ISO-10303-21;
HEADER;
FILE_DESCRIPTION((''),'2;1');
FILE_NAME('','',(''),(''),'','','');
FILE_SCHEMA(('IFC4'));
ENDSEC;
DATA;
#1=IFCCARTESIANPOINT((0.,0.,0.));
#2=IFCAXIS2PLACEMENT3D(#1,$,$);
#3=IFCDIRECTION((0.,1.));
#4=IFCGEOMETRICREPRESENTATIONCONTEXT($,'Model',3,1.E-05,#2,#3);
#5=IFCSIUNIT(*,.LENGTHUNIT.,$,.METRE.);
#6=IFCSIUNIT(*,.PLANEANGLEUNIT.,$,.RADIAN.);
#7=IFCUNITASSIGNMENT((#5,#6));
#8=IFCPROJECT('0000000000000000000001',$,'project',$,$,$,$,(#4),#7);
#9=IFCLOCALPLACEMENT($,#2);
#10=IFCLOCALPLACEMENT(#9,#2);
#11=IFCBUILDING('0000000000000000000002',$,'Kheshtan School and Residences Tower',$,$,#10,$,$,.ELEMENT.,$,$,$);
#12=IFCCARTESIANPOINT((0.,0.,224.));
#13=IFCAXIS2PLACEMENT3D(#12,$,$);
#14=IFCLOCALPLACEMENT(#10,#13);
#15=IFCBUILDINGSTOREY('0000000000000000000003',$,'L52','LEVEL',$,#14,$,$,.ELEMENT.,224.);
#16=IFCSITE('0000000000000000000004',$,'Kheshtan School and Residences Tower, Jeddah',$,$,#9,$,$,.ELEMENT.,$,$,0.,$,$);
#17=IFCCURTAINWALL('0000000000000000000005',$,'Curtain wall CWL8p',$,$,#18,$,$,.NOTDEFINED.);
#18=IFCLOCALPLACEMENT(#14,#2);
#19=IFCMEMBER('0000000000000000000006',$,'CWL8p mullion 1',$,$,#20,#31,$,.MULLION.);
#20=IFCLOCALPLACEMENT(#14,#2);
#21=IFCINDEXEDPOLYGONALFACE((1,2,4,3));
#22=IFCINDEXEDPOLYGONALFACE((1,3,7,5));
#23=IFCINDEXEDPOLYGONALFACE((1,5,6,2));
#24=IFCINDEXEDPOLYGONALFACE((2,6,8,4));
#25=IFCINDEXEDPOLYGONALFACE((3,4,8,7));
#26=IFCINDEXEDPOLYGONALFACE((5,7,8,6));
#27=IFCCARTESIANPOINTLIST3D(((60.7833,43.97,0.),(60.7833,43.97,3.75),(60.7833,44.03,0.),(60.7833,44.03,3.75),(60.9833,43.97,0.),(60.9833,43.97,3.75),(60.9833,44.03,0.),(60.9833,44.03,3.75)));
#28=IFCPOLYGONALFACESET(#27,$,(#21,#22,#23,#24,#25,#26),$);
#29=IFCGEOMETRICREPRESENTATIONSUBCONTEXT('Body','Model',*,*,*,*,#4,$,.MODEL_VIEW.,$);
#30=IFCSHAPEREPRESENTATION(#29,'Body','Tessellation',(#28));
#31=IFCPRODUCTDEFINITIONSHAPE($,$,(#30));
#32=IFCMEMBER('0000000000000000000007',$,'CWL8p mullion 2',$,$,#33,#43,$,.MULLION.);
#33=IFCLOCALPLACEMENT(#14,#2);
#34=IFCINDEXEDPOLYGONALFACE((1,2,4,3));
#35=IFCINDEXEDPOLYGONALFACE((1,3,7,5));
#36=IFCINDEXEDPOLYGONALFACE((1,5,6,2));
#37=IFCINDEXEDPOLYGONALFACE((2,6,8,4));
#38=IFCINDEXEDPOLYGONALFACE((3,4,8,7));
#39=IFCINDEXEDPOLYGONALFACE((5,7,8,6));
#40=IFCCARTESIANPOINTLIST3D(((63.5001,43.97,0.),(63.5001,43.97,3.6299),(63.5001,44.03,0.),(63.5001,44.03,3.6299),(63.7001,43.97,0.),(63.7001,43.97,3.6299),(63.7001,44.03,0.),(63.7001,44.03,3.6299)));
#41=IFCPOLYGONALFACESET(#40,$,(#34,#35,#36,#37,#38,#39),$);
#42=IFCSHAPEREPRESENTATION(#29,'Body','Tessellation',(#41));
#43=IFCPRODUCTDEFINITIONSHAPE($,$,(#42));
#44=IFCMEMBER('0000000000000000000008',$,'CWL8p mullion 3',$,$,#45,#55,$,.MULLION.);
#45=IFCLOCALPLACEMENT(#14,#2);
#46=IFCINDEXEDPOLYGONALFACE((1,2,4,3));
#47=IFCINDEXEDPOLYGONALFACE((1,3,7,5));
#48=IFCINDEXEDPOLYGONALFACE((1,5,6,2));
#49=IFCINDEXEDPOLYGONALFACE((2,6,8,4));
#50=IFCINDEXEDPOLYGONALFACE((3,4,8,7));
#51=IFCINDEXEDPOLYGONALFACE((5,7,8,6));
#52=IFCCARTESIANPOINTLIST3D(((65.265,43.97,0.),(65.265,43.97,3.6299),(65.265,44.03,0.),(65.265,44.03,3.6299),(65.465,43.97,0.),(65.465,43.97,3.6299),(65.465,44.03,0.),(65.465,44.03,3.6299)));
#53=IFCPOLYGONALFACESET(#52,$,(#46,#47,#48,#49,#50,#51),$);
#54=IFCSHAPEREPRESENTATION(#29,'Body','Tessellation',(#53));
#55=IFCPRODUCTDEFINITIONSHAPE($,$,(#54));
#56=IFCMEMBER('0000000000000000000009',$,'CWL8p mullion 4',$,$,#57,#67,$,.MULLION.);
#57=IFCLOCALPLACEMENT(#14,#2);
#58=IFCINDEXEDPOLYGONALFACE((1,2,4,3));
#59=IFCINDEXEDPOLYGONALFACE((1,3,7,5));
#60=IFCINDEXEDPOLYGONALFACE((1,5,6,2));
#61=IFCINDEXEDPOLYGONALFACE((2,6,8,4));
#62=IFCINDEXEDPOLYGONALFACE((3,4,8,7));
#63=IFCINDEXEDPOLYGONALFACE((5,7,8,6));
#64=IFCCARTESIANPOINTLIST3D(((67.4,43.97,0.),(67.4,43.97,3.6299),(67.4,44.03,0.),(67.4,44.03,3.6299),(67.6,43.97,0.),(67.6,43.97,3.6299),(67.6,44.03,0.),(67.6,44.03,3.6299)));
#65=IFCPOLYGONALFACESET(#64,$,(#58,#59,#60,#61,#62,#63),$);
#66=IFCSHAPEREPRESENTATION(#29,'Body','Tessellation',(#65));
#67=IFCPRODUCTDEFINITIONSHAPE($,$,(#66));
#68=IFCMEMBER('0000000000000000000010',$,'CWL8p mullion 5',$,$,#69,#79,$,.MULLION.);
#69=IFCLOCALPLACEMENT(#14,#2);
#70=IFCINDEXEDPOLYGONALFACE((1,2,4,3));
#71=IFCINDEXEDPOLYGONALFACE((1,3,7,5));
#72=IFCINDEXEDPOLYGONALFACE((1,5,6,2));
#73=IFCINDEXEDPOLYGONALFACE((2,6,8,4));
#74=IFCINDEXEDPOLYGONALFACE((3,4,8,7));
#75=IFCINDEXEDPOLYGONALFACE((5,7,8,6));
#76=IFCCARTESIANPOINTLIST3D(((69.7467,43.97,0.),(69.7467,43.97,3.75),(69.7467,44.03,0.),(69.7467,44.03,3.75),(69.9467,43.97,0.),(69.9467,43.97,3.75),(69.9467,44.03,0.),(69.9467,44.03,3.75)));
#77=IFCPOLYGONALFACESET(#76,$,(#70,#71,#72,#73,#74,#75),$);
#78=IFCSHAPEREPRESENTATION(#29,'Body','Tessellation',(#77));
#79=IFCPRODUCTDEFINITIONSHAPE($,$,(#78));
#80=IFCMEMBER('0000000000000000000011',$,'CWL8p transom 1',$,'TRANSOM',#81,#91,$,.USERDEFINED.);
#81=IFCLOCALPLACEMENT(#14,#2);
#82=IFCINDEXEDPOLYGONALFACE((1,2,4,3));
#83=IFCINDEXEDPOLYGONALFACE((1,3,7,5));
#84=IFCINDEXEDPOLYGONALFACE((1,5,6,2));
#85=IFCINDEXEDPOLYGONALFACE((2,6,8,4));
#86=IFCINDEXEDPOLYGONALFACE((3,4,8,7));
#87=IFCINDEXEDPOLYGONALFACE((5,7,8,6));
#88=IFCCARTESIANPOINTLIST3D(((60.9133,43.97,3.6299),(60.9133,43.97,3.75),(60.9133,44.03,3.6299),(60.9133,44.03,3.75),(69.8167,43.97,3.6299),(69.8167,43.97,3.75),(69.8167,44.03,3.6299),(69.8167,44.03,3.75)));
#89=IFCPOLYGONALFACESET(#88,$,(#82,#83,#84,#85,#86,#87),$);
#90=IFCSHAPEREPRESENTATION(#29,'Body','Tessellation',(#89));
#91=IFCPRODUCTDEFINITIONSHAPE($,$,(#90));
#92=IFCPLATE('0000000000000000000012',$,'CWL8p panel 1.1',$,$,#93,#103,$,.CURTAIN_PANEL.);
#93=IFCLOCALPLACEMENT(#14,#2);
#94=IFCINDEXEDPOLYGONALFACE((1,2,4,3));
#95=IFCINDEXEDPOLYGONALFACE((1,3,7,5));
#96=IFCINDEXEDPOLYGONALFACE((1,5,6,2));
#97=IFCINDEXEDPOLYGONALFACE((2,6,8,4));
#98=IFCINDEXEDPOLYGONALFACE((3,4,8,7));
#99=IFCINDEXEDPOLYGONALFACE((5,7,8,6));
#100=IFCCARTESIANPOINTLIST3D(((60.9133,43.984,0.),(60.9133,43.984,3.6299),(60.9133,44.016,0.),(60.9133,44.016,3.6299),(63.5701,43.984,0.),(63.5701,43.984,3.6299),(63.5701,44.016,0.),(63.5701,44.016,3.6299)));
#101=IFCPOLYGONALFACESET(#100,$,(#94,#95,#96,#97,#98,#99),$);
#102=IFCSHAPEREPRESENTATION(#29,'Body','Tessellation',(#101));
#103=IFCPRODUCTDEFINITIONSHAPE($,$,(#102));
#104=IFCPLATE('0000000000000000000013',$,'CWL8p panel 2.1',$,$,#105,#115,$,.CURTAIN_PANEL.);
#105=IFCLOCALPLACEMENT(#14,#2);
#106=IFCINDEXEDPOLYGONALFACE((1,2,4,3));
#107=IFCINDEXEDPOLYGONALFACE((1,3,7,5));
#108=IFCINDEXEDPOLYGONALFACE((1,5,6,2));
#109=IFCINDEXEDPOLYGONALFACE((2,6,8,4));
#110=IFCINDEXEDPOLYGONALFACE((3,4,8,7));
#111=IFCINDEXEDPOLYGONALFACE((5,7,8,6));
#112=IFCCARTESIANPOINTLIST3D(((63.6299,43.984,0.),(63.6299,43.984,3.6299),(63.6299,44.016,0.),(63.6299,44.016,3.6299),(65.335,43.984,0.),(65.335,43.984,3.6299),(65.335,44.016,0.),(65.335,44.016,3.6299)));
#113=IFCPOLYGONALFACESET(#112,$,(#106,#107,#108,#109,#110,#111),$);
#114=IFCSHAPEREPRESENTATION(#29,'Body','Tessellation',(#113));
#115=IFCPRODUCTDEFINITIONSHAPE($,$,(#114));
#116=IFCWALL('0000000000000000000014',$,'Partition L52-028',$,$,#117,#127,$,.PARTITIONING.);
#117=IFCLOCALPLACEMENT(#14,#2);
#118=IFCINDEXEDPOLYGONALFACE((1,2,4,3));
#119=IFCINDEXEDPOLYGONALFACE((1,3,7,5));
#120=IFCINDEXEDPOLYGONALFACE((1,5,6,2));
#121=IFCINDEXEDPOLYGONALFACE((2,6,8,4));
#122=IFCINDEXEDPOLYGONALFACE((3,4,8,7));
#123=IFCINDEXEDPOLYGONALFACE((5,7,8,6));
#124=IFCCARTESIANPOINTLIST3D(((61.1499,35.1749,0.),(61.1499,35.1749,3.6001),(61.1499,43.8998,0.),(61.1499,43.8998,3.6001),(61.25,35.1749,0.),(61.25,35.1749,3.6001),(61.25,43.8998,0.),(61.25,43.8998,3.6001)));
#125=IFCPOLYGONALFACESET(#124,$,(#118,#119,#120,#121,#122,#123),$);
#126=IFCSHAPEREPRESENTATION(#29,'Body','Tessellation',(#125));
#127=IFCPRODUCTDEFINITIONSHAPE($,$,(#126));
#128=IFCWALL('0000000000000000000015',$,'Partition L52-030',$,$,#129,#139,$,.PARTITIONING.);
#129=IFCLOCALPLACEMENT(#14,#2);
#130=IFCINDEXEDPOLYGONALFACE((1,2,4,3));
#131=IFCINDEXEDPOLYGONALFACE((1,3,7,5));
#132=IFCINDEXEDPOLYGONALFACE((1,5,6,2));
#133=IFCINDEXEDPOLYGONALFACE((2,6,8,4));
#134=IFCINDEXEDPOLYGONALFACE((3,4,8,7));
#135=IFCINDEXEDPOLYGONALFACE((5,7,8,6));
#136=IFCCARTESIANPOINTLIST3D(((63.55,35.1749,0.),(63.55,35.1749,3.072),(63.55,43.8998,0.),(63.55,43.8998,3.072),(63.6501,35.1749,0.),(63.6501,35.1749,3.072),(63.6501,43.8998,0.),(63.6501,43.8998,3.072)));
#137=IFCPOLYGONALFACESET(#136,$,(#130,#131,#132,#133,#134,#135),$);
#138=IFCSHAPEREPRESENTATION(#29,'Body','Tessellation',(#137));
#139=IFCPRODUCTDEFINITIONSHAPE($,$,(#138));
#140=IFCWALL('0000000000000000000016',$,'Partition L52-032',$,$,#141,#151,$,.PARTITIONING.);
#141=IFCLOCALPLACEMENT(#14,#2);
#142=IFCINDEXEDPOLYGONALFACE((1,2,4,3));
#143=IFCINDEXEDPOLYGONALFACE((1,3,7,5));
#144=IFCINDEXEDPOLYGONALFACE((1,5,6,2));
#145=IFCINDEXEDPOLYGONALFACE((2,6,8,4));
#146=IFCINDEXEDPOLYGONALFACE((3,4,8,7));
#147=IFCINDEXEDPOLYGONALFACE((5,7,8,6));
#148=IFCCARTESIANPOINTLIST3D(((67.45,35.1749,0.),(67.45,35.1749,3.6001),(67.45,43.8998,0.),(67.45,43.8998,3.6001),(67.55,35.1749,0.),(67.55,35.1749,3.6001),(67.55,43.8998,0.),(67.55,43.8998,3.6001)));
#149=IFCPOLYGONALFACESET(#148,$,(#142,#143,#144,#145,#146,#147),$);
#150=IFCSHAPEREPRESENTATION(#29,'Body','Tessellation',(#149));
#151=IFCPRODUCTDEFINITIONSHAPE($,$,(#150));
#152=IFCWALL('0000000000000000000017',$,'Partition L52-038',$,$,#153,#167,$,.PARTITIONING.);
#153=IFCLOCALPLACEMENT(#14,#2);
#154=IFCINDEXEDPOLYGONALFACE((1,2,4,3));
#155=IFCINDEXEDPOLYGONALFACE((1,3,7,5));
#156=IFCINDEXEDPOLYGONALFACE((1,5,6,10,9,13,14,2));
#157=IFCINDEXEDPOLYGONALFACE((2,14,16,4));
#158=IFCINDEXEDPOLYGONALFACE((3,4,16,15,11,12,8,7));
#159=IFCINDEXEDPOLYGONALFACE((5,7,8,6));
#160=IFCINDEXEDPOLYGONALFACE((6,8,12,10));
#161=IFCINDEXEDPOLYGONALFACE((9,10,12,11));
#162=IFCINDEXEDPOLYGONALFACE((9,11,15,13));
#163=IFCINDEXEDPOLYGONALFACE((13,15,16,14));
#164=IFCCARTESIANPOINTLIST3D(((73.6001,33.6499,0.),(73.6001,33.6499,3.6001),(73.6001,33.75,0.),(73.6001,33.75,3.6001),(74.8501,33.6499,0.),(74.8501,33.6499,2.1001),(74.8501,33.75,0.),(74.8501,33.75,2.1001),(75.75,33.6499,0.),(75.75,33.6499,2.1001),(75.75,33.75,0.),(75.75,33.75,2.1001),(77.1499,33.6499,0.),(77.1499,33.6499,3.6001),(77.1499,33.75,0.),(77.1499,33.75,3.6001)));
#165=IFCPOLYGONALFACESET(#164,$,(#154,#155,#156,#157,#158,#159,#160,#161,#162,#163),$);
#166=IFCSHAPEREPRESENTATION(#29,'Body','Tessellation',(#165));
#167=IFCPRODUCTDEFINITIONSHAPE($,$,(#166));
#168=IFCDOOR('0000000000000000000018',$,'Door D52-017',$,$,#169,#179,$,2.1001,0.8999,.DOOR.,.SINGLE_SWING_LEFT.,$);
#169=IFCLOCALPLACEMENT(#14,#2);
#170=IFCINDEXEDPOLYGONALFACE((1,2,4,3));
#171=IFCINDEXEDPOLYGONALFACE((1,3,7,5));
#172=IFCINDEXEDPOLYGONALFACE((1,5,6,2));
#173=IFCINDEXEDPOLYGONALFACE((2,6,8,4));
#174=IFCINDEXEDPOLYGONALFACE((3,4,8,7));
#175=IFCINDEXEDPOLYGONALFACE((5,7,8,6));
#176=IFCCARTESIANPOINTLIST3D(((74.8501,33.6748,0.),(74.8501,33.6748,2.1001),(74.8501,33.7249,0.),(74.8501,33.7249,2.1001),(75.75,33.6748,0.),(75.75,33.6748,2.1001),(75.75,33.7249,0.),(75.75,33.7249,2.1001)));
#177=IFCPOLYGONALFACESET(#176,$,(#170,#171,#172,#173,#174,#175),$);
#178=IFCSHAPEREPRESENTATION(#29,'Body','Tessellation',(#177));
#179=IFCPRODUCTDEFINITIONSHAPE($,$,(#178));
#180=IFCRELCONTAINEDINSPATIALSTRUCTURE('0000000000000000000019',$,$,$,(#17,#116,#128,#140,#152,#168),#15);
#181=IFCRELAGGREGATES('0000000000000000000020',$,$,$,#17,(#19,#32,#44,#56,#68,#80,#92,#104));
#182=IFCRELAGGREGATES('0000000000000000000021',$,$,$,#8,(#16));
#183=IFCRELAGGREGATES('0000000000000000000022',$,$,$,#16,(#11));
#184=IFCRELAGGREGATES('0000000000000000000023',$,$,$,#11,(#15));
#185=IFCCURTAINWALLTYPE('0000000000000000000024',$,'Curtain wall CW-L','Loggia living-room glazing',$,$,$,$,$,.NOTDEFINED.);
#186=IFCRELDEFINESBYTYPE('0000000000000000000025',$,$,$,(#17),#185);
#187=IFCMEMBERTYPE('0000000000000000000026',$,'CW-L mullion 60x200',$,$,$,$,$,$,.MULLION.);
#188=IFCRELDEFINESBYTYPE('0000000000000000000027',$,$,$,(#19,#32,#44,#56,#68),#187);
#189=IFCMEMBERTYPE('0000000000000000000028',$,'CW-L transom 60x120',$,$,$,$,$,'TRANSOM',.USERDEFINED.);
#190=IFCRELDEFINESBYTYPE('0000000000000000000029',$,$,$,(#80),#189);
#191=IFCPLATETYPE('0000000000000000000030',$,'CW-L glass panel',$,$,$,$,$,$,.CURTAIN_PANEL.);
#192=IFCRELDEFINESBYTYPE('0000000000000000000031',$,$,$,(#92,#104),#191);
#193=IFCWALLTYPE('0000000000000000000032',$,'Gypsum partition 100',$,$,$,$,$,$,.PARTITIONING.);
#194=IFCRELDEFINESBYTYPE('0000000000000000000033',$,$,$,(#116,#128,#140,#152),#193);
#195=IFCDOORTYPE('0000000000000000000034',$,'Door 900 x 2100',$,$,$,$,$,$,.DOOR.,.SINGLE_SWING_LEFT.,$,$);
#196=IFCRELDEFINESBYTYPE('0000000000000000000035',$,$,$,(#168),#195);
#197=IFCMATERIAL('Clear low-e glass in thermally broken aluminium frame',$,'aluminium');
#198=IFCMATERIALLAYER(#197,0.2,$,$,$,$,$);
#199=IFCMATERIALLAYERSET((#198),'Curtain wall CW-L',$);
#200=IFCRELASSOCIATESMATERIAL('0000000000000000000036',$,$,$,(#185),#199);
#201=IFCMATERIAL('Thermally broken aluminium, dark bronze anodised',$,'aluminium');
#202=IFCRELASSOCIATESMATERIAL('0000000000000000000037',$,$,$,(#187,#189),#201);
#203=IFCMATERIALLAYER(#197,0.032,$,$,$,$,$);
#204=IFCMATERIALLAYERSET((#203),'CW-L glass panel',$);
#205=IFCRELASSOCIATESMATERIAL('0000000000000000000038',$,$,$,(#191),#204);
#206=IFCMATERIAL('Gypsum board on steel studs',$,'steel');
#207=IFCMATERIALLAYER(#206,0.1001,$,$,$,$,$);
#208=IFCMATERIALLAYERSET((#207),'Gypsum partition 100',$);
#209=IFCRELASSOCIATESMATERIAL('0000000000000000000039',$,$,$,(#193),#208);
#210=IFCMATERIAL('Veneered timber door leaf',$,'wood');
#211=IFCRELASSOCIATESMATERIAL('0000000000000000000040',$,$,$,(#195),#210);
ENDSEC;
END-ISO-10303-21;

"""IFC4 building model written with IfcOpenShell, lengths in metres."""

from ifc_helpers import new_model, si_unit, direction, frame, frame_2d, origin, origin_2d, place, context, subcontext, project, spatial, rectangle, extrude, source, transform, mapped, material, layer, layer_set, material_profile, profile_set, type_object, element, fill, aggregate, save


model = new_model("IFC4")

# Units and contexts
model_context = context("Model", 3, precision=1e-05, world=origin(), true_north=direction((0.0, 1.0)))
body_context = subcontext(model_context, "Body", "Model", "MODEL_VIEW")
ifc_project = project(units=[si_unit("LENGTHUNIT", "METRE"), si_unit("PLANEANGLEUNIT", "RADIAN")], contexts=[model_context])

# Site, building, storey
site_placement = place(None, origin())
site = spatial("IfcSite", under=ifc_project, at=site_placement, Name="Kheshtan School and Residences Tower, Jeddah", CompositionType="ELEMENT", RefElevation=0.0)
building_placement = place(site_placement, origin())
building = spatial("IfcBuilding", under=site, at=building_placement, Name="Kheshtan School and Residences Tower", CompositionType="ELEMENT")
storey_placement = place(building_placement, frame((0.0, 0.0, 224.0)))
storey = spatial("IfcBuildingStorey", under=building, at=storey_placement, Name="L52", Description="LEVEL", CompositionType="ELEMENT", Elevation=224.0)

# Curtain wall, members, plates
ifc_material_1 = material(Name="Clear low-e glass in thermally broken aluminium frame", Category="aluminium")
ifc_layer_1 = layer(ifc_material_1, 0.2)
ifc_layer_set_1 = layer_set([ifc_layer_1], Name="Curtain wall CW-L")
curtain_wall_type = type_object("IfcCurtainWallType", Name="Curtain wall CW-L", Description="Loggia living-room glazing", PredefinedType="NOTDEFINED", material=ifc_layer_set_1)
curtain_wall_placement = place(storey_placement, origin())
curtain_wall = element("IfcCurtainWall", 1, at=curtain_wall_placement, inside=storey, type_object=curtain_wall_type, Name="Curtain wall CWL8p", PredefinedType="NOTDEFINED")
ifc_material_2 = material(Name="Thermally broken aluminium, dark bronze anodised", Category="aluminium")
ifc_material_profile_1 = material_profile(ifc_material_2, rectangle(XDim=0.0601, YDim=0.2, at=origin_2d()), Name="CW-L mullion 60x200")
ifc_profile_set_1 = profile_set([ifc_material_profile_1], Name="Thermally broken aluminium, dark bronze anodised")
member_type_1 = type_object("IfcMemberType", Name="CW-L mullion 60x200", PredefinedType="MULLION", material=ifc_profile_set_1)
member_1_placement = place(storey_placement, frame((60.8833, 44.0, 0.0), z_axis=(0.0, 0.0, 1.0), x_axis=(0.0, 1.0, 0.0)))
member_1 = element("IfcMember", 2, at=member_1_placement, type_object=member_type_1, Name="CWL8p mullion 1", PredefinedType="MULLION", context=body_context, shape_type="SweptSolid", body=[
    extrude(rectangle(XDim=0.0601, YDim=0.2, at=origin_2d()), origin(), (0.0, 0.0, 1.0), 3.75),
])
member_2_placement = place(storey_placement, frame((63.6001, 44.0, 0.0), z_axis=(0.0, 0.0, 1.0), x_axis=(0.0, 1.0, 0.0)))
member_2 = element("IfcMember", 3, at=member_2_placement, type_object=member_type_1, Name="CWL8p mullion 2", PredefinedType="MULLION", context=body_context, shape_type="SweptSolid", body=[
    extrude(rectangle(XDim=0.0601, YDim=0.2, at=origin_2d()), origin(), (0.0, 0.0, 1.0), 3.6299),
])
member_3_placement = place(storey_placement, frame((65.365, 44.0, 0.0), z_axis=(0.0, 0.0, 1.0), x_axis=(0.0, 1.0, 0.0)))
member_3 = element("IfcMember", 4, at=member_3_placement, type_object=member_type_1, Name="CWL8p mullion 3", PredefinedType="MULLION", context=body_context, shape_type="SweptSolid", body=[
    extrude(rectangle(XDim=0.0601, YDim=0.2, at=origin_2d()), origin(), (0.0, 0.0, 1.0), 3.6299),
])
member_4_placement = place(storey_placement, frame((67.5, 44.0, 0.0), z_axis=(0.0, 0.0, 1.0), x_axis=(0.0, 1.0, 0.0)))
member_4 = element("IfcMember", 5, at=member_4_placement, type_object=member_type_1, Name="CWL8p mullion 4", PredefinedType="MULLION", context=body_context, shape_type="SweptSolid", body=[
    extrude(rectangle(XDim=0.0601, YDim=0.2, at=origin_2d()), origin(), (0.0, 0.0, 1.0), 3.6299),
])
member_5_placement = place(storey_placement, frame((69.8467, 44.0, 0.0), z_axis=(0.0, 0.0, 1.0), x_axis=(0.0, 1.0, 0.0)))
member_5 = element("IfcMember", 6, at=member_5_placement, type_object=member_type_1, Name="CWL8p mullion 5", PredefinedType="MULLION", context=body_context, shape_type="SweptSolid", body=[
    extrude(rectangle(XDim=0.0601, YDim=0.2, at=origin_2d()), origin(), (0.0, 0.0, 1.0), 3.75),
])
ifc_material_profile_2 = material_profile(ifc_material_2, rectangle(XDim=0.0601, YDim=0.1201, at=origin_2d()), Name="CW-L transom 60x120")
ifc_profile_set_2 = profile_set([ifc_material_profile_2], Name="Thermally broken aluminium, dark bronze anodised")
member_type_2 = type_object("IfcMemberType", Name="CW-L transom 60x120", ElementType="TRANSOM", PredefinedType="USERDEFINED", material=ifc_profile_set_2)
member_6_placement = place(storey_placement, frame((60.9133, 44.0, 3.6899), z_axis=(1.0, 0.0, 0.0), x_axis=(0.0, 1.0, 0.0)))
member_6 = element("IfcMember", 7, at=member_6_placement, type_object=member_type_2, Name="CWL8p transom 1", ObjectType="TRANSOM", PredefinedType="USERDEFINED", context=body_context, shape_type="SweptSolid", body=[
    extrude(rectangle(XDim=0.0601, YDim=0.1201, at=origin_2d()), origin(), (0.0, 0.0, 1.0), 8.9033),
])
ifc_layer_2 = layer(ifc_material_1, 0.032)
ifc_layer_set_2 = layer_set([ifc_layer_2], Name="CW-L glass panel")
plate_type = type_object("IfcPlateType", Name="CW-L glass panel", PredefinedType="CURTAIN_PANEL", material=ifc_layer_set_2)
plate_1_placement = place(storey_placement, frame((62.2417, 44.0, 0.0), z_axis=(0.0, 0.0, 1.0), x_axis=(1.0, 0.0, 0.0)))
plate_1 = element("IfcPlate", 8, at=plate_1_placement, type_object=plate_type, Name="CWL8p panel 1.1", PredefinedType="CURTAIN_PANEL", context=body_context, shape_type="SweptSolid", body=[
    extrude(rectangle(XDim=2.6567, YDim=0.032, at=origin_2d()), origin(), (0.0, 0.0, 1.0), 3.6299),
])
plate_2_placement = place(storey_placement, frame((64.4824, 44.0, 0.0), z_axis=(0.0, 0.0, 1.0), x_axis=(1.0, 0.0, 0.0)))
plate_2 = element("IfcPlate", 9, at=plate_2_placement, type_object=plate_type, Name="CWL8p panel 2.1", PredefinedType="CURTAIN_PANEL", context=body_context, shape_type="SweptSolid", body=[
    extrude(rectangle(XDim=1.7051, YDim=0.032, at=origin_2d()), origin(), (0.0, 0.0, 1.0), 3.6299),
])
aggregate(curtain_wall, [member_1, member_2, member_3, member_4, member_5, member_6, plate_1, plate_2])

# Walls
ifc_material_3 = material(Name="Gypsum board on steel studs", Category="steel")
ifc_layer_3 = layer(ifc_material_3, 0.1001)
ifc_layer_set_3 = layer_set([ifc_layer_3], Name="Gypsum partition 100")
wall_type_1 = type_object("IfcWallType", Name="Gypsum partition 100", PredefinedType="PARTITIONING", material=ifc_layer_set_3)
wall_1_placement = place(storey_placement, frame((61.2, 35.175, 0.0), z_axis=(0.0, 0.0, 1.0), x_axis=(0.0, 1.0, 0.0)))
element("IfcWall", 10, at=wall_1_placement, inside=storey, type_object=wall_type_1, Name="Partition L52-028", PredefinedType="PARTITIONING", context=body_context, shape_type="SweptSolid", body=[
    extrude(rectangle(XDim=8.7249, YDim=0.1001, at=frame_2d((4.3623, 0.0))), origin(), (0.0, 0.0, 1.0), 3.6001),
])
wall_2_placement = place(storey_placement, frame((63.6001, 35.175, 0.0), z_axis=(0.0, 0.0, 1.0), x_axis=(0.0, 1.0, 0.0)))
element("IfcWall", 11, at=wall_2_placement, inside=storey, type_object=wall_type_1, Name="Partition L52-030", PredefinedType="PARTITIONING", context=body_context, shape_type="SweptSolid", body=[
    extrude(rectangle(XDim=8.7249, YDim=0.1001, at=frame_2d((4.3623, 0.0))), origin(), (0.0, 0.0, 1.0), 3.072),
])
wall_3_placement = place(storey_placement, frame((67.5, 35.175, 0.0), z_axis=(0.0, 0.0, 1.0), x_axis=(0.0, 1.0, 0.0)))
element("IfcWall", 12, at=wall_3_placement, inside=storey, type_object=wall_type_1, Name="Partition L52-032", PredefinedType="PARTITIONING", context=body_context, shape_type="SweptSolid", body=[
    extrude(rectangle(XDim=8.7249, YDim=0.1001, at=frame_2d((4.3623, 0.0))), origin(), (0.0, 0.0, 1.0), 3.6001),
])

# Wall, opening, door
wall_4_placement = place(storey_placement, frame((73.6001, 33.7, 0.0), z_axis=(0.0, 0.0, 1.0), x_axis=(1.0, 0.0, 0.0)))
wall_4 = element("IfcWall", 13, at=wall_4_placement, inside=storey, type_object=wall_type_1, Name="Partition L52-038", PredefinedType="PARTITIONING", context=body_context, shape_type="SweptSolid", body=[
    extrude(rectangle(XDim=3.5498, YDim=0.1001, at=frame_2d((1.7749, 0.0))), origin(), (0.0, 0.0, 1.0), 3.6001),
])
opening_1_placement = place(wall_4_placement, frame((1.25, 0.0, 0.0)))
opening_1 = element("IfcOpeningElement", 14, at=opening_1_placement, cuts=wall_4, PredefinedType="OPENING", context=body_context, shape_type="SweptSolid", body=[
    extrude(rectangle(XDim=0.8999, YDim=2.1001, at=frame_2d((0.45, 1.05))), frame((0.0, 0.0601, 0.0), z_axis=(0.0, -1.0, 0.0), x_axis=(1.0, 0.0, 0.0)), (0.0, 0.0, 1.0), 0.1201),
])
ifc_material_4 = material(Name="Veneered timber door leaf", Category="wood")
door_type_1 = type_object("IfcDoorType", Name="Door 900 x 2100", OperationType="SINGLE_SWING_LEFT", PredefinedType="DOOR", material=ifc_material_4)
shared_shape_1 = source(origin(), body_context, "Body", "SweptSolid", [
    extrude(rectangle(XDim=0.8999, YDim=2.1001, at=frame_2d((0.45, 1.05))), frame((0.0, 0.0249, 0.0), z_axis=(0.0, -1.0, 0.0), x_axis=(1.0, 0.0, 0.0)), (0.0, 0.0, 1.0), 0.05),
])
door_1_placement = place(opening_1_placement, origin())
door_1 = element("IfcDoor", 15, at=door_1_placement, inside=storey, type_object=door_type_1, Name="Door D52-017", OperationType="SINGLE_SWING_LEFT", OverallHeight=2.1001, OverallWidth=0.8999, PredefinedType="DOOR", context=body_context, shape_type="MappedRepresentation", body=[
    mapped(shared_shape_1, transform((0.0, 0.0, 0.0), x_axis=(1.0, 0.0, 0.0), y_axis=(0.0, 1.0, 0.0), z_axis=(0.0, 0.0, 1.0), scale=1.0)),
])
fill(opening_1, door_1)

save(model, "model.ifc")
